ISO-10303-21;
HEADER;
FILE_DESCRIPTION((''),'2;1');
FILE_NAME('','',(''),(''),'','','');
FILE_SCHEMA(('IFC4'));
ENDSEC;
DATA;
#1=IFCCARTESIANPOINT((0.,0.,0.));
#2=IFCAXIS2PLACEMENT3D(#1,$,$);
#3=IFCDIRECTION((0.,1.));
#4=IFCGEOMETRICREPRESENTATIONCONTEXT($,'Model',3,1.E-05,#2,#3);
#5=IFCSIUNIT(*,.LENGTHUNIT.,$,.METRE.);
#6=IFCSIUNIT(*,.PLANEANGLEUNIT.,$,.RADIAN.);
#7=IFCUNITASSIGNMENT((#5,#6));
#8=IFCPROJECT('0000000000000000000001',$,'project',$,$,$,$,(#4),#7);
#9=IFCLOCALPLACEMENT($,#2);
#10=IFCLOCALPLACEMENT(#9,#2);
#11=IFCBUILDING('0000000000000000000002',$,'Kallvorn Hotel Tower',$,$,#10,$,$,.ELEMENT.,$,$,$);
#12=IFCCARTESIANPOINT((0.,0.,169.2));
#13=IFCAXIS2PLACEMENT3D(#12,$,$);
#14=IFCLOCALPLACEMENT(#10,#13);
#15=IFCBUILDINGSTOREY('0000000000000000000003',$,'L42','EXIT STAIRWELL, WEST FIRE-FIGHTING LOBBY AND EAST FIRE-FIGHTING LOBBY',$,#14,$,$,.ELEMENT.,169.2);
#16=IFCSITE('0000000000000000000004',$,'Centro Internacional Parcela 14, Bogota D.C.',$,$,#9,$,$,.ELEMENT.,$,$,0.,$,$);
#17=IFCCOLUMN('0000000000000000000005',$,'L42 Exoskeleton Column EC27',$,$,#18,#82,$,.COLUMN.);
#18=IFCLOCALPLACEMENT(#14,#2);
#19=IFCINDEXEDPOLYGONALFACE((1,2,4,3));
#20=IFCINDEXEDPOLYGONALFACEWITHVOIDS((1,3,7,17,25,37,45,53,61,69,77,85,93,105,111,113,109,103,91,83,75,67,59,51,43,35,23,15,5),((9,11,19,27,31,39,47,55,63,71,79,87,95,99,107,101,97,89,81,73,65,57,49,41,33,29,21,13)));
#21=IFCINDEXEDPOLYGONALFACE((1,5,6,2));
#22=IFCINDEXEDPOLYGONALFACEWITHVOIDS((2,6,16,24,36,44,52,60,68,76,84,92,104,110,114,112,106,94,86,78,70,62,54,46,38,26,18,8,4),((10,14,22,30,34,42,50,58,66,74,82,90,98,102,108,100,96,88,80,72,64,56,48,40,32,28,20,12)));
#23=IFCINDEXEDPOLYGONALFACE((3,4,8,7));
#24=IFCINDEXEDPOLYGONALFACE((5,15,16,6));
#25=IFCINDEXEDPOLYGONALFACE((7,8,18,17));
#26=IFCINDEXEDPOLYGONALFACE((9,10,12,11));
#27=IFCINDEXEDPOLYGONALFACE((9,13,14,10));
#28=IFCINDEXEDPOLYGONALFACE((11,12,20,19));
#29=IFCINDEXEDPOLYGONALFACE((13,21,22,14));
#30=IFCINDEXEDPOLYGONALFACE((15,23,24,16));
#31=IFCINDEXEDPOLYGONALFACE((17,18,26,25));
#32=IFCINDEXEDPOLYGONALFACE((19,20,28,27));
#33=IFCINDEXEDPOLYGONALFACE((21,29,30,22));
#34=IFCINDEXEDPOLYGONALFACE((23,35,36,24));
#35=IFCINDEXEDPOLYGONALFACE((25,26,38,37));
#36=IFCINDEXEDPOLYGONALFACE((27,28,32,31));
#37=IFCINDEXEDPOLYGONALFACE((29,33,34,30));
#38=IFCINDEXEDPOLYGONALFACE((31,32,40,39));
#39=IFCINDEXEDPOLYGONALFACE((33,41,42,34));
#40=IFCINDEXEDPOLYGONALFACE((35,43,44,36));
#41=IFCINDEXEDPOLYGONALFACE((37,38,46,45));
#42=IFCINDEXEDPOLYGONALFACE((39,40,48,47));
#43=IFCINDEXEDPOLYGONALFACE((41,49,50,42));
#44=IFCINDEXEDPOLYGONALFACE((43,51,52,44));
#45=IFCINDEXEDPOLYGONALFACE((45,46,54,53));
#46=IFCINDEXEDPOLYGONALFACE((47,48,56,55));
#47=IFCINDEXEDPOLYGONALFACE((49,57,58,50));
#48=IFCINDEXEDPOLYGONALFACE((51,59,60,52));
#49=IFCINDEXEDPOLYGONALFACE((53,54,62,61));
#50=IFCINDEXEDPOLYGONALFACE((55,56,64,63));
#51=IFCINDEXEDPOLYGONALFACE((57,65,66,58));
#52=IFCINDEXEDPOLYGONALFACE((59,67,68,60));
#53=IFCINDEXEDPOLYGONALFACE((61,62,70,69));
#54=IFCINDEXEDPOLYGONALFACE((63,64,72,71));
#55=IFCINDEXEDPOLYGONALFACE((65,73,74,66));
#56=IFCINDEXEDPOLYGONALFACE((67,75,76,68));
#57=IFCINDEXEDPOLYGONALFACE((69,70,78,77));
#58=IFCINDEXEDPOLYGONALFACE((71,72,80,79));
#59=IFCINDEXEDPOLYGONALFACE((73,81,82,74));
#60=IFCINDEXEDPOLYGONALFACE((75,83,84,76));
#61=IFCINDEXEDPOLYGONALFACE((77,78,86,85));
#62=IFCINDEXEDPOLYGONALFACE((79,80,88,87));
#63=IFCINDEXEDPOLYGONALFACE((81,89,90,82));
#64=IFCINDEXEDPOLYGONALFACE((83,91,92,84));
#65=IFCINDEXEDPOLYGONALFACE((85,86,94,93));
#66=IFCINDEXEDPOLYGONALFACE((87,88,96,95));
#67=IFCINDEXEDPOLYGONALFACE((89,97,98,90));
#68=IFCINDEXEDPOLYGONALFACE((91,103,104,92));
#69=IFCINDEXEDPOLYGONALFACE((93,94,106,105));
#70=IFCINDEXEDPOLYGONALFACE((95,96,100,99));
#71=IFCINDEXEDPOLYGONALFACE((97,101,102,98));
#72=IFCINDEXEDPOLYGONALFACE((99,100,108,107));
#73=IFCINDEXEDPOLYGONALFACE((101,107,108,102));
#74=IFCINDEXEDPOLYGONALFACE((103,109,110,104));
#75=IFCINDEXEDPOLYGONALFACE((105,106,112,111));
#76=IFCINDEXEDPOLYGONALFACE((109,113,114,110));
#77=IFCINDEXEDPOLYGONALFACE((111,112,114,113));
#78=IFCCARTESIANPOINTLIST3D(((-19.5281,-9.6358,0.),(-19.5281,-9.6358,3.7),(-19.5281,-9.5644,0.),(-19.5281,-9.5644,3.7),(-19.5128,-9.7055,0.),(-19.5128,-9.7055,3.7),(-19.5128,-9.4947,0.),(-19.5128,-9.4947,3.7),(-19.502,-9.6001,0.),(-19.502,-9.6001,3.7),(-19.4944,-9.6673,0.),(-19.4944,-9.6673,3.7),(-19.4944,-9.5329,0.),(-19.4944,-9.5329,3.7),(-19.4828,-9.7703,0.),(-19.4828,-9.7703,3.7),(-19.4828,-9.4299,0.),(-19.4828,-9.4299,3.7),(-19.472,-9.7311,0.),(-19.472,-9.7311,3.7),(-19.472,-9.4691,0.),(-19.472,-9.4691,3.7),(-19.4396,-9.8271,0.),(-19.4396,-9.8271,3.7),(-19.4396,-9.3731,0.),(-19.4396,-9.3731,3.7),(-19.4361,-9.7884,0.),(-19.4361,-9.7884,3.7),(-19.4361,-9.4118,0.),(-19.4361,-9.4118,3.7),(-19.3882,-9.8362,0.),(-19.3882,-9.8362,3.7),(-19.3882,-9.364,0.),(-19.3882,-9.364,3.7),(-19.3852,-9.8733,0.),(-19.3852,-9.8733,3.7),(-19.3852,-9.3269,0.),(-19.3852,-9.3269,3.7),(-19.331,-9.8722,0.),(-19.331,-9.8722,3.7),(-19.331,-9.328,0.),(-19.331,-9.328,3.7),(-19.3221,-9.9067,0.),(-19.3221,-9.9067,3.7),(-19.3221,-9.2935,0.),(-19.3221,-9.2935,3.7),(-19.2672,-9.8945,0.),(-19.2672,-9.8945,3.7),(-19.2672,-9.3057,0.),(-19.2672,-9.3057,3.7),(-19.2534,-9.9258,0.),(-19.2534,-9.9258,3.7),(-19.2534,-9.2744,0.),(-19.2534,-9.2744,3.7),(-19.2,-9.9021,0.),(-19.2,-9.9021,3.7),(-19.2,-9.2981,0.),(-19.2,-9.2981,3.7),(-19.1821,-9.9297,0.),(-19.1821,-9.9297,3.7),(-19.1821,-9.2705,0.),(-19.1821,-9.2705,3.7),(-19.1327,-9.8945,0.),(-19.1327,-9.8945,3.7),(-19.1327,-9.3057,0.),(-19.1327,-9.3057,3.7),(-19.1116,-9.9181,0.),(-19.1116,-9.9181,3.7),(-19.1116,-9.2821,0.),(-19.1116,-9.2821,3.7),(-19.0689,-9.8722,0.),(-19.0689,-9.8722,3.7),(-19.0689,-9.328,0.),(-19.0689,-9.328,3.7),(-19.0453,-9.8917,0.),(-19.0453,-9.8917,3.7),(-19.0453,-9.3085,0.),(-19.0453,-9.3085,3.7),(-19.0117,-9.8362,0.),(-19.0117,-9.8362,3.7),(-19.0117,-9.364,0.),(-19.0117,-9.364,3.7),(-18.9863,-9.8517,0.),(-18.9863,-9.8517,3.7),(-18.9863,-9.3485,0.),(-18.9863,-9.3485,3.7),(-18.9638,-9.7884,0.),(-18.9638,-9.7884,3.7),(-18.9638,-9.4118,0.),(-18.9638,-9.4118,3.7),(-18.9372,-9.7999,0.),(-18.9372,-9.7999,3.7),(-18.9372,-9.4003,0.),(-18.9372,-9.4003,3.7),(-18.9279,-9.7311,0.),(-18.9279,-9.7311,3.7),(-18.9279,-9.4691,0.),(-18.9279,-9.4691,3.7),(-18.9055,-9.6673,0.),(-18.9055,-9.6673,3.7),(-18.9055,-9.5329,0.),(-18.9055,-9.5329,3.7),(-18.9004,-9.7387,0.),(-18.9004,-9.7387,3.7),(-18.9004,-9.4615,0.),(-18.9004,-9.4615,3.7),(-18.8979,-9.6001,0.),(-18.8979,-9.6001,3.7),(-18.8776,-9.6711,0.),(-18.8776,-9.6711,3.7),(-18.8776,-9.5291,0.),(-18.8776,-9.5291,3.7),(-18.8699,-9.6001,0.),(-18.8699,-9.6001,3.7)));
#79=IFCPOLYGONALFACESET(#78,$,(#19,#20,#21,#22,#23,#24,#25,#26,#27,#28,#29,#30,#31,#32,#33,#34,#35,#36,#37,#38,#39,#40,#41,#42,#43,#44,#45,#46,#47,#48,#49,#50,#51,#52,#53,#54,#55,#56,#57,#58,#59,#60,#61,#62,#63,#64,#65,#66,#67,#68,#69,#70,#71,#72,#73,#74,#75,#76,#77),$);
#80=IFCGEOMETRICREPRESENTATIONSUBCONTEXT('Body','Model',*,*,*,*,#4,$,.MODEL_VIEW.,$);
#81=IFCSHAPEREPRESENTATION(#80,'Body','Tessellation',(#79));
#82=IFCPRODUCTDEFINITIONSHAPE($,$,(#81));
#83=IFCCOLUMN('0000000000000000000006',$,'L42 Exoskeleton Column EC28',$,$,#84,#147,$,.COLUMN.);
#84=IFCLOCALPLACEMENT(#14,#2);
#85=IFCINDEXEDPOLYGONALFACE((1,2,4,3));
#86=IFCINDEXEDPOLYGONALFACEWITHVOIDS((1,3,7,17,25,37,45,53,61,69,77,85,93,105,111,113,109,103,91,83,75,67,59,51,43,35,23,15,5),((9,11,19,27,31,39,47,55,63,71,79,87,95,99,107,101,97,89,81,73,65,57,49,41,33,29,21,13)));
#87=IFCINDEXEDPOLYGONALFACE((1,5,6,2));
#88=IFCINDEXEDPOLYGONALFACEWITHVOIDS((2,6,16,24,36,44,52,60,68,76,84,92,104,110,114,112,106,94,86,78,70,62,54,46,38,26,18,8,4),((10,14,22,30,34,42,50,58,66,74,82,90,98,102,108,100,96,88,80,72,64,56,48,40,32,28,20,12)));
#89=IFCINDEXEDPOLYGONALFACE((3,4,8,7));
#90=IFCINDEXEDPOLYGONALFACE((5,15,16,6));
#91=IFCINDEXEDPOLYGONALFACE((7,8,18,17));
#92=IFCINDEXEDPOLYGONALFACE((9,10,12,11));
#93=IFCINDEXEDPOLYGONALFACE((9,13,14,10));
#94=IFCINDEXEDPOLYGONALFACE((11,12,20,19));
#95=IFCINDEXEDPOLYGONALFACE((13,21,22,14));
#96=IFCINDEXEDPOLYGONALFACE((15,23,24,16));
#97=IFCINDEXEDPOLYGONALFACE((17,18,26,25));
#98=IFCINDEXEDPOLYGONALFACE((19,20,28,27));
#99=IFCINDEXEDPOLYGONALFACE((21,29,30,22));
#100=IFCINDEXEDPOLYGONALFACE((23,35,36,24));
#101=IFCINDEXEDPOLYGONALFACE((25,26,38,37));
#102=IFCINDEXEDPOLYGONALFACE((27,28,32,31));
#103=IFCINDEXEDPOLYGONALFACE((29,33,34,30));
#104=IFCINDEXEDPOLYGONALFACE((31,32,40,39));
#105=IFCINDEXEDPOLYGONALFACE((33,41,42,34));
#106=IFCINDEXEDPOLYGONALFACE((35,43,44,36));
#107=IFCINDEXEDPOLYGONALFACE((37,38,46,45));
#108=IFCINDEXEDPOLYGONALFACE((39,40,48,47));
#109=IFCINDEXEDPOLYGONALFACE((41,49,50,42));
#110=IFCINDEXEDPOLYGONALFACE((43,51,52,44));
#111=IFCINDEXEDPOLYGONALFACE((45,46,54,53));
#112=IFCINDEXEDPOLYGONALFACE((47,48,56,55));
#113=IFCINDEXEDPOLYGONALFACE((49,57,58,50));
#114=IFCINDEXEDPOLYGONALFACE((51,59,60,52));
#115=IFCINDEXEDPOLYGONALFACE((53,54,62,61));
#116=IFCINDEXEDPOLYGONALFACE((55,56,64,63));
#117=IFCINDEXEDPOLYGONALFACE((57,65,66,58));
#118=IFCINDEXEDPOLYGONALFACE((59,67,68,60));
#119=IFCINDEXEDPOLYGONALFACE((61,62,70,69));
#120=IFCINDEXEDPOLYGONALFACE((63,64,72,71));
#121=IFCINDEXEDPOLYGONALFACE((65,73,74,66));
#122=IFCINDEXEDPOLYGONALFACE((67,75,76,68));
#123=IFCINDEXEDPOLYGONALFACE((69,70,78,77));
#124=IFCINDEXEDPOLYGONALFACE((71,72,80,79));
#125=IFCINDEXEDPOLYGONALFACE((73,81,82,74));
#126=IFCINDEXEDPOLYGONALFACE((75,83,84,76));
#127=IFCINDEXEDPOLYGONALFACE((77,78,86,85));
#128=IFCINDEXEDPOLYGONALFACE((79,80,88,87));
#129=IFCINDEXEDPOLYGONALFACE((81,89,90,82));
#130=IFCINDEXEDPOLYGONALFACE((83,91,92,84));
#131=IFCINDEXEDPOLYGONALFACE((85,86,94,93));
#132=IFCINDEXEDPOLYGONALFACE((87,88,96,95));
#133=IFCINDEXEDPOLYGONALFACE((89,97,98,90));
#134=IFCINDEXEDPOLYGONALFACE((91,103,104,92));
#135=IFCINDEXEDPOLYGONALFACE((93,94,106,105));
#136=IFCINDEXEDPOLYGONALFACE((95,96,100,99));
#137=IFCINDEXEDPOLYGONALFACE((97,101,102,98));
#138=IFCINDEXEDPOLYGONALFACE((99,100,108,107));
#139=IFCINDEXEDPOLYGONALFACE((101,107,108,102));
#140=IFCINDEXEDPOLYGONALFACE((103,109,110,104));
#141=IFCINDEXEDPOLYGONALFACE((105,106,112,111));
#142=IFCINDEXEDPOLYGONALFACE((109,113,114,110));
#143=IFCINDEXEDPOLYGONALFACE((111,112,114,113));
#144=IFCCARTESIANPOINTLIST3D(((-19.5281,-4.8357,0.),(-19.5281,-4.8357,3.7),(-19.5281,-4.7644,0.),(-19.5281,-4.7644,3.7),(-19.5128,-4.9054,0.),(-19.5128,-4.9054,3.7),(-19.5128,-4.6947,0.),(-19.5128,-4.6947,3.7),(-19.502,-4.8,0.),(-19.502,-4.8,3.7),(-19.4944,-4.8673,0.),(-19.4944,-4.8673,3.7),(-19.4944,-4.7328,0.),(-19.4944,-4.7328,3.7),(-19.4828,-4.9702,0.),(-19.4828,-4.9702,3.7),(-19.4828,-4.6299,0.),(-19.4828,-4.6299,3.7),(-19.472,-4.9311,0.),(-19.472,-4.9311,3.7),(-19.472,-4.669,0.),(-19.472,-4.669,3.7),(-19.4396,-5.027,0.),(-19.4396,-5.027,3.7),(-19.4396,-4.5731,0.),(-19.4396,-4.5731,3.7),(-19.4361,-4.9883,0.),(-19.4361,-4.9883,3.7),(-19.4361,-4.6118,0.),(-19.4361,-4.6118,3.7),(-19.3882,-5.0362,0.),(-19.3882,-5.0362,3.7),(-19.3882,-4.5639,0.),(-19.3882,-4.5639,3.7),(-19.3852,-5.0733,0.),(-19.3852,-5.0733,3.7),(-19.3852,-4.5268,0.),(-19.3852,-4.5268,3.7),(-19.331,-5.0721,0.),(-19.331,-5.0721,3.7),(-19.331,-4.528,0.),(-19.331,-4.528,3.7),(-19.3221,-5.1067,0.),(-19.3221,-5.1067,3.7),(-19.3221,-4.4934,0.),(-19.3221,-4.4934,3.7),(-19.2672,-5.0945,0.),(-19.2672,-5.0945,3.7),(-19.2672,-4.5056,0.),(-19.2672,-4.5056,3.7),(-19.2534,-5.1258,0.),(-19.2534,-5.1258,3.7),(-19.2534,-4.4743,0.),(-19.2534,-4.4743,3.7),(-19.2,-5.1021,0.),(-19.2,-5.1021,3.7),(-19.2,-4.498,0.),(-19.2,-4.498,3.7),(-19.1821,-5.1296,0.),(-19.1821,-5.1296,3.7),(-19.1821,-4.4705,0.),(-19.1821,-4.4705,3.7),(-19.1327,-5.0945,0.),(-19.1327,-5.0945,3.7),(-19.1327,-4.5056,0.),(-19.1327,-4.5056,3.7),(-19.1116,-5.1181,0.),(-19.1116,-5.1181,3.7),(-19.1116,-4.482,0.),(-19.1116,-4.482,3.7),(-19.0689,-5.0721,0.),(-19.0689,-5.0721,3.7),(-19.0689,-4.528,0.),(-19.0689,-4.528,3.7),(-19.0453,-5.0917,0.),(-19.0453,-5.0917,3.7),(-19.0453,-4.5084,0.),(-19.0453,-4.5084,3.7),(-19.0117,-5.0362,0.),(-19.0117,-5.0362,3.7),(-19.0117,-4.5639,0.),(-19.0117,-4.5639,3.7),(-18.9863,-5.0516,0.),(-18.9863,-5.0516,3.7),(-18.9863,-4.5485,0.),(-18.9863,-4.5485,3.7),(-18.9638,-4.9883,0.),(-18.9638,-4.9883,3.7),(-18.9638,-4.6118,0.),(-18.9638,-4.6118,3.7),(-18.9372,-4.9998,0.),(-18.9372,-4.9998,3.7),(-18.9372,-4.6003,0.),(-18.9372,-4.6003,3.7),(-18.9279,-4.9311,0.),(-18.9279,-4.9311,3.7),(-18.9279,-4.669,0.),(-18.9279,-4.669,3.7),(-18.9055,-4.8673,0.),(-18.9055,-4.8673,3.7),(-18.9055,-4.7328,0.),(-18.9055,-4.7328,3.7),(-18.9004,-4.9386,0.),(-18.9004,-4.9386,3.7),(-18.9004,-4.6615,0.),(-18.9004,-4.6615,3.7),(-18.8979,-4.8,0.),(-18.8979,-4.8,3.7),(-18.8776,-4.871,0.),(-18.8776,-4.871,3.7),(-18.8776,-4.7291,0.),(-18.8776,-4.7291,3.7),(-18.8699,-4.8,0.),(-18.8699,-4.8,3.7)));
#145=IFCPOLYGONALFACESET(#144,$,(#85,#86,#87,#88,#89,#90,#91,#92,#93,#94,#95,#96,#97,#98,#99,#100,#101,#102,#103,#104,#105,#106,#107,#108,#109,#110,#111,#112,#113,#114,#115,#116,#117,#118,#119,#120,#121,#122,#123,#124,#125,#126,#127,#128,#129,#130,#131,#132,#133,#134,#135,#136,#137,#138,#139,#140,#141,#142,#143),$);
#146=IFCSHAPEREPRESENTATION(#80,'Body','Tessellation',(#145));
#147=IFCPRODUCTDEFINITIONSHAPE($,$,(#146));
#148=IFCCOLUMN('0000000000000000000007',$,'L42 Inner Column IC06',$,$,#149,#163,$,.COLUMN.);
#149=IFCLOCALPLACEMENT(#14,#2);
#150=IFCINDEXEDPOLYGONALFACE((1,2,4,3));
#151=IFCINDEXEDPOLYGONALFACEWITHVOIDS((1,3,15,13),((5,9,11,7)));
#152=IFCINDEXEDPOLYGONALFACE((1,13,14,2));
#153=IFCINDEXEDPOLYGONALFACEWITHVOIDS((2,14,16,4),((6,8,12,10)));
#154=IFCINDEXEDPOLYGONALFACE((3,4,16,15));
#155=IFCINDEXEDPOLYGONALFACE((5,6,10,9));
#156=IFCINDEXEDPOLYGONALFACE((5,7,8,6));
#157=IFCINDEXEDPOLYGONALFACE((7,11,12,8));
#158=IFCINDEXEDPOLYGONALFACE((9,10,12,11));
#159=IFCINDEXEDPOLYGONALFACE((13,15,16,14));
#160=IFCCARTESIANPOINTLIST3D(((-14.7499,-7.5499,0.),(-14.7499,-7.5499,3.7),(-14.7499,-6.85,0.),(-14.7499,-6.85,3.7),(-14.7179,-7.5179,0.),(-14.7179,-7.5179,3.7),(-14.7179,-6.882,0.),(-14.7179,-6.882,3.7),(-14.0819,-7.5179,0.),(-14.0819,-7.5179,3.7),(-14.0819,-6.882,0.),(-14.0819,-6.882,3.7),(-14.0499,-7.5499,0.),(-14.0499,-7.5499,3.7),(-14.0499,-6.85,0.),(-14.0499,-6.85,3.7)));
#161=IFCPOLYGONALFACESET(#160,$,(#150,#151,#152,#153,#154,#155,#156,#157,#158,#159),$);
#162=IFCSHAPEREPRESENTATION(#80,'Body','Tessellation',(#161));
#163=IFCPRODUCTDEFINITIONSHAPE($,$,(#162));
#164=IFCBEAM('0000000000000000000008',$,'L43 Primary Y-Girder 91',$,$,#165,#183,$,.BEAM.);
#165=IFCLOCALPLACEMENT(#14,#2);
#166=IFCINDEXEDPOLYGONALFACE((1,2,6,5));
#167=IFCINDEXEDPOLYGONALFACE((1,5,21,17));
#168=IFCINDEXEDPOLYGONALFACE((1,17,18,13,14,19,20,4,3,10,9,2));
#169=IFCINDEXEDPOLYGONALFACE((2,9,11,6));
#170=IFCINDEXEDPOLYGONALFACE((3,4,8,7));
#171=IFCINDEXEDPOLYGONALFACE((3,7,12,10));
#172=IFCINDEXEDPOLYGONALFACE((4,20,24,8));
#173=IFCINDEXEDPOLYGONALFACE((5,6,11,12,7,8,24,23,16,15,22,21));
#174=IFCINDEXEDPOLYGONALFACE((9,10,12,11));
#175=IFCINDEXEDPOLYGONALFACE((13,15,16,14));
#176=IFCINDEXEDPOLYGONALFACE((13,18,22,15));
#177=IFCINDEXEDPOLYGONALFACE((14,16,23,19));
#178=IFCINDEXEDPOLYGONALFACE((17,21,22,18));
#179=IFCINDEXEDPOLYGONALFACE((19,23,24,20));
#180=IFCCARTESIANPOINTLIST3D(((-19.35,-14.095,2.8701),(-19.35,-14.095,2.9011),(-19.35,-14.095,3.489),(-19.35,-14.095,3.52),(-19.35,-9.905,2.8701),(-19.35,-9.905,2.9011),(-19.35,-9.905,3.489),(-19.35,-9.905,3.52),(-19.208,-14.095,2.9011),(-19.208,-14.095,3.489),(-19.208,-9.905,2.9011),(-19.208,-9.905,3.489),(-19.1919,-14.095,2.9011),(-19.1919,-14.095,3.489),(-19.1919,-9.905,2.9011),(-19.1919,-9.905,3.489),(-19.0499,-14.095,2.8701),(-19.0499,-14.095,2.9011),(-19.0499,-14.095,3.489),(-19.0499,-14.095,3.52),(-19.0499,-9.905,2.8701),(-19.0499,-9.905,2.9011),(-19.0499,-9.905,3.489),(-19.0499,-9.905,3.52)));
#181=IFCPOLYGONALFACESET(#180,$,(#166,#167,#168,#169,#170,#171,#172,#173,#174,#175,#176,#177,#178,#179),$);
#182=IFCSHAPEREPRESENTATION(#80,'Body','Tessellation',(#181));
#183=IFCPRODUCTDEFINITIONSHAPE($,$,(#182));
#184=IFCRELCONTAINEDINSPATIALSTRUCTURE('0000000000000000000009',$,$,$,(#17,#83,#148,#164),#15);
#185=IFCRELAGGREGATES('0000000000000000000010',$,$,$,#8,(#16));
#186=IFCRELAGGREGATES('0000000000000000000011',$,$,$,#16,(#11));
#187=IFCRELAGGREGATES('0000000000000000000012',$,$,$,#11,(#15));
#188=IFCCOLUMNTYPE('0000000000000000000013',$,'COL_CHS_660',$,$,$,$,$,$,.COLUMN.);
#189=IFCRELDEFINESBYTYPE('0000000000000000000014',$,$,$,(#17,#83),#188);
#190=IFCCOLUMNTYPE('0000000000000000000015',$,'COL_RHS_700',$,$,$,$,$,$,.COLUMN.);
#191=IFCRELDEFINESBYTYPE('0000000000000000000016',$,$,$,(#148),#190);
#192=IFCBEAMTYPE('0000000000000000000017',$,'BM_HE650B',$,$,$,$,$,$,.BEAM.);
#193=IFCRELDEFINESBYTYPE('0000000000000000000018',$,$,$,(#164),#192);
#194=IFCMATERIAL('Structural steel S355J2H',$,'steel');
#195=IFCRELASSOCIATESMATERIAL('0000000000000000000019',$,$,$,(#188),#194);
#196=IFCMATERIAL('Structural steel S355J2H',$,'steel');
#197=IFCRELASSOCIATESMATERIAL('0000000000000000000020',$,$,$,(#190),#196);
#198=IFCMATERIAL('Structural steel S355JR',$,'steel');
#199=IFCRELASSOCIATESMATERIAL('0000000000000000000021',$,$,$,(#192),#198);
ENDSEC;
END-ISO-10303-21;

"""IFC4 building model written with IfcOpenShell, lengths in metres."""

from ifc_helpers import new_model, si_unit, direction, frame, origin, origin_2d, place, context, subcontext, project, spatial, hollow_rectangle, hollow_circle, i_section, extrude, material, material_profile, profile_set, type_object, element, save


model = new_model("IFC4")

# Units and contexts
model_context = context("Model", 3, precision=1e-05, world=origin(), true_north=direction((0.0, 1.0)))
body_context = subcontext(model_context, "Body", "Model", "MODEL_VIEW")
ifc_project = project(units=[si_unit("LENGTHUNIT", "METRE"), si_unit("PLANEANGLEUNIT", "RADIAN")], contexts=[model_context])

# Site, building, storey
site_placement = place(None, origin())
site = spatial("IfcSite", under=ifc_project, at=site_placement, Name="Centro Internacional Parcela 14, Bogota D.C.", CompositionType="ELEMENT", RefElevation=0.0)
building_placement = place(site_placement, origin())
building = spatial("IfcBuilding", under=site, at=building_placement, Name="Kallvorn Hotel Tower", CompositionType="ELEMENT")
storey_placement = place(building_placement, frame((0.0, 0.0, 169.2)))
storey = spatial("IfcBuildingStorey", under=building, at=storey_placement, Name="L42", Description="EXIT STAIRWELL, WEST FIRE-FIGHTING LOBBY AND EAST FIRE-FIGHTING LOBBY", CompositionType="ELEMENT", Elevation=169.2)

# Columns
ifc_material_1 = material(Name="Structural steel S355J2H", Category="steel")
ifc_material_profile_1 = material_profile(ifc_material_1, hollow_circle(Radius=0.3301, WallThickness=0.0281, at=origin_2d()), Name="CHS 660x28")
ifc_profile_set_1 = profile_set([ifc_material_profile_1], Name="Structural steel S355J2H")
column_type_1 = type_object("IfcColumnType", Name="COL_CHS_660", PredefinedType="COLUMN", material=ifc_profile_set_1)
for number, where, z_axis, x_axis, name in (
    (1, (-19.2, -9.6001, 0.0), (0.0, 0.0, 1.0), (1.0, 0.0, 0.0), "L42 Exoskeleton Column EC27"),
    (2, (-19.2, -4.8, 0.0), (0.0, 0.0, 1.0), (1.0, 0.0, 0.0), "L42 Exoskeleton Column EC28"),
):
    element("IfcColumn", number, at=place(storey_placement, frame(where, z_axis=z_axis, x_axis=x_axis)), inside=storey, type_object=column_type_1, Name=name, PredefinedType="COLUMN", context=body_context, shape_type="SweptSolid", body=[
        extrude(hollow_circle(Radius=0.3301, WallThickness=0.0281, at=origin_2d()), origin(), (0.0, 0.0, 1.0), 3.7),
    ])
ifc_material_2 = material(Name="Structural steel S355J2H", Category="steel")
ifc_material_profile_2 = material_profile(ifc_material_2, hollow_rectangle(XDim=0.7, YDim=0.7, WallThickness=0.032, at=origin_2d()), Name="RHS 700x700x32")
ifc_profile_set_2 = profile_set([ifc_material_profile_2], Name="Structural steel S355J2H")
column_type_2 = type_object("IfcColumnType", Name="COL_RHS_700", PredefinedType="COLUMN", material=ifc_profile_set_2)
column_placement = place(storey_placement, frame((-14.3999, -7.2, 0.0), z_axis=(0.0, 0.0, 1.0), x_axis=(1.0, 0.0, 0.0)))
element("IfcColumn", 3, at=column_placement, inside=storey, type_object=column_type_2, Name="L42 Inner Column IC06", PredefinedType="COLUMN", context=body_context, shape_type="SweptSolid", body=[
    extrude(hollow_rectangle(XDim=0.7, YDim=0.7, WallThickness=0.032, at=origin_2d()), origin(), (0.0, 0.0, 1.0), 3.7),
])

# Beam
ifc_material_3 = material(Name="Structural steel S355JR", Category="steel")
ifc_material_profile_3 = material_profile(ifc_material_3, i_section(OverallWidth=0.3, OverallDepth=0.6499, WebThickness=0.0161, FlangeThickness=0.031, at=origin_2d()), Name="HE 650 B")
ifc_profile_set_3 = profile_set([ifc_material_profile_3], Name="Structural steel S355JR")
beam_type_1 = type_object("IfcBeamType", Name="BM_HE650B", PredefinedType="BEAM", material=ifc_profile_set_3)
beam_1_placement = place(storey_placement, frame((-19.2, -14.095, 3.1951), z_axis=(0.0, 1.0, 0.0), x_axis=(-1.0, 0.0, 0.0)))
element("IfcBeam", 4, at=beam_1_placement, inside=storey, type_object=beam_type_1, Name="L43 Primary Y-Girder 91", PredefinedType="BEAM", context=body_context, shape_type="SweptSolid", body=[
    extrude(i_section(OverallWidth=0.3, OverallDepth=0.6499, WebThickness=0.0161, FlangeThickness=0.031, at=origin_2d()), origin(), (0.0, 0.0, 1.0), 4.1899),
])

save(model, "model.ifc")
